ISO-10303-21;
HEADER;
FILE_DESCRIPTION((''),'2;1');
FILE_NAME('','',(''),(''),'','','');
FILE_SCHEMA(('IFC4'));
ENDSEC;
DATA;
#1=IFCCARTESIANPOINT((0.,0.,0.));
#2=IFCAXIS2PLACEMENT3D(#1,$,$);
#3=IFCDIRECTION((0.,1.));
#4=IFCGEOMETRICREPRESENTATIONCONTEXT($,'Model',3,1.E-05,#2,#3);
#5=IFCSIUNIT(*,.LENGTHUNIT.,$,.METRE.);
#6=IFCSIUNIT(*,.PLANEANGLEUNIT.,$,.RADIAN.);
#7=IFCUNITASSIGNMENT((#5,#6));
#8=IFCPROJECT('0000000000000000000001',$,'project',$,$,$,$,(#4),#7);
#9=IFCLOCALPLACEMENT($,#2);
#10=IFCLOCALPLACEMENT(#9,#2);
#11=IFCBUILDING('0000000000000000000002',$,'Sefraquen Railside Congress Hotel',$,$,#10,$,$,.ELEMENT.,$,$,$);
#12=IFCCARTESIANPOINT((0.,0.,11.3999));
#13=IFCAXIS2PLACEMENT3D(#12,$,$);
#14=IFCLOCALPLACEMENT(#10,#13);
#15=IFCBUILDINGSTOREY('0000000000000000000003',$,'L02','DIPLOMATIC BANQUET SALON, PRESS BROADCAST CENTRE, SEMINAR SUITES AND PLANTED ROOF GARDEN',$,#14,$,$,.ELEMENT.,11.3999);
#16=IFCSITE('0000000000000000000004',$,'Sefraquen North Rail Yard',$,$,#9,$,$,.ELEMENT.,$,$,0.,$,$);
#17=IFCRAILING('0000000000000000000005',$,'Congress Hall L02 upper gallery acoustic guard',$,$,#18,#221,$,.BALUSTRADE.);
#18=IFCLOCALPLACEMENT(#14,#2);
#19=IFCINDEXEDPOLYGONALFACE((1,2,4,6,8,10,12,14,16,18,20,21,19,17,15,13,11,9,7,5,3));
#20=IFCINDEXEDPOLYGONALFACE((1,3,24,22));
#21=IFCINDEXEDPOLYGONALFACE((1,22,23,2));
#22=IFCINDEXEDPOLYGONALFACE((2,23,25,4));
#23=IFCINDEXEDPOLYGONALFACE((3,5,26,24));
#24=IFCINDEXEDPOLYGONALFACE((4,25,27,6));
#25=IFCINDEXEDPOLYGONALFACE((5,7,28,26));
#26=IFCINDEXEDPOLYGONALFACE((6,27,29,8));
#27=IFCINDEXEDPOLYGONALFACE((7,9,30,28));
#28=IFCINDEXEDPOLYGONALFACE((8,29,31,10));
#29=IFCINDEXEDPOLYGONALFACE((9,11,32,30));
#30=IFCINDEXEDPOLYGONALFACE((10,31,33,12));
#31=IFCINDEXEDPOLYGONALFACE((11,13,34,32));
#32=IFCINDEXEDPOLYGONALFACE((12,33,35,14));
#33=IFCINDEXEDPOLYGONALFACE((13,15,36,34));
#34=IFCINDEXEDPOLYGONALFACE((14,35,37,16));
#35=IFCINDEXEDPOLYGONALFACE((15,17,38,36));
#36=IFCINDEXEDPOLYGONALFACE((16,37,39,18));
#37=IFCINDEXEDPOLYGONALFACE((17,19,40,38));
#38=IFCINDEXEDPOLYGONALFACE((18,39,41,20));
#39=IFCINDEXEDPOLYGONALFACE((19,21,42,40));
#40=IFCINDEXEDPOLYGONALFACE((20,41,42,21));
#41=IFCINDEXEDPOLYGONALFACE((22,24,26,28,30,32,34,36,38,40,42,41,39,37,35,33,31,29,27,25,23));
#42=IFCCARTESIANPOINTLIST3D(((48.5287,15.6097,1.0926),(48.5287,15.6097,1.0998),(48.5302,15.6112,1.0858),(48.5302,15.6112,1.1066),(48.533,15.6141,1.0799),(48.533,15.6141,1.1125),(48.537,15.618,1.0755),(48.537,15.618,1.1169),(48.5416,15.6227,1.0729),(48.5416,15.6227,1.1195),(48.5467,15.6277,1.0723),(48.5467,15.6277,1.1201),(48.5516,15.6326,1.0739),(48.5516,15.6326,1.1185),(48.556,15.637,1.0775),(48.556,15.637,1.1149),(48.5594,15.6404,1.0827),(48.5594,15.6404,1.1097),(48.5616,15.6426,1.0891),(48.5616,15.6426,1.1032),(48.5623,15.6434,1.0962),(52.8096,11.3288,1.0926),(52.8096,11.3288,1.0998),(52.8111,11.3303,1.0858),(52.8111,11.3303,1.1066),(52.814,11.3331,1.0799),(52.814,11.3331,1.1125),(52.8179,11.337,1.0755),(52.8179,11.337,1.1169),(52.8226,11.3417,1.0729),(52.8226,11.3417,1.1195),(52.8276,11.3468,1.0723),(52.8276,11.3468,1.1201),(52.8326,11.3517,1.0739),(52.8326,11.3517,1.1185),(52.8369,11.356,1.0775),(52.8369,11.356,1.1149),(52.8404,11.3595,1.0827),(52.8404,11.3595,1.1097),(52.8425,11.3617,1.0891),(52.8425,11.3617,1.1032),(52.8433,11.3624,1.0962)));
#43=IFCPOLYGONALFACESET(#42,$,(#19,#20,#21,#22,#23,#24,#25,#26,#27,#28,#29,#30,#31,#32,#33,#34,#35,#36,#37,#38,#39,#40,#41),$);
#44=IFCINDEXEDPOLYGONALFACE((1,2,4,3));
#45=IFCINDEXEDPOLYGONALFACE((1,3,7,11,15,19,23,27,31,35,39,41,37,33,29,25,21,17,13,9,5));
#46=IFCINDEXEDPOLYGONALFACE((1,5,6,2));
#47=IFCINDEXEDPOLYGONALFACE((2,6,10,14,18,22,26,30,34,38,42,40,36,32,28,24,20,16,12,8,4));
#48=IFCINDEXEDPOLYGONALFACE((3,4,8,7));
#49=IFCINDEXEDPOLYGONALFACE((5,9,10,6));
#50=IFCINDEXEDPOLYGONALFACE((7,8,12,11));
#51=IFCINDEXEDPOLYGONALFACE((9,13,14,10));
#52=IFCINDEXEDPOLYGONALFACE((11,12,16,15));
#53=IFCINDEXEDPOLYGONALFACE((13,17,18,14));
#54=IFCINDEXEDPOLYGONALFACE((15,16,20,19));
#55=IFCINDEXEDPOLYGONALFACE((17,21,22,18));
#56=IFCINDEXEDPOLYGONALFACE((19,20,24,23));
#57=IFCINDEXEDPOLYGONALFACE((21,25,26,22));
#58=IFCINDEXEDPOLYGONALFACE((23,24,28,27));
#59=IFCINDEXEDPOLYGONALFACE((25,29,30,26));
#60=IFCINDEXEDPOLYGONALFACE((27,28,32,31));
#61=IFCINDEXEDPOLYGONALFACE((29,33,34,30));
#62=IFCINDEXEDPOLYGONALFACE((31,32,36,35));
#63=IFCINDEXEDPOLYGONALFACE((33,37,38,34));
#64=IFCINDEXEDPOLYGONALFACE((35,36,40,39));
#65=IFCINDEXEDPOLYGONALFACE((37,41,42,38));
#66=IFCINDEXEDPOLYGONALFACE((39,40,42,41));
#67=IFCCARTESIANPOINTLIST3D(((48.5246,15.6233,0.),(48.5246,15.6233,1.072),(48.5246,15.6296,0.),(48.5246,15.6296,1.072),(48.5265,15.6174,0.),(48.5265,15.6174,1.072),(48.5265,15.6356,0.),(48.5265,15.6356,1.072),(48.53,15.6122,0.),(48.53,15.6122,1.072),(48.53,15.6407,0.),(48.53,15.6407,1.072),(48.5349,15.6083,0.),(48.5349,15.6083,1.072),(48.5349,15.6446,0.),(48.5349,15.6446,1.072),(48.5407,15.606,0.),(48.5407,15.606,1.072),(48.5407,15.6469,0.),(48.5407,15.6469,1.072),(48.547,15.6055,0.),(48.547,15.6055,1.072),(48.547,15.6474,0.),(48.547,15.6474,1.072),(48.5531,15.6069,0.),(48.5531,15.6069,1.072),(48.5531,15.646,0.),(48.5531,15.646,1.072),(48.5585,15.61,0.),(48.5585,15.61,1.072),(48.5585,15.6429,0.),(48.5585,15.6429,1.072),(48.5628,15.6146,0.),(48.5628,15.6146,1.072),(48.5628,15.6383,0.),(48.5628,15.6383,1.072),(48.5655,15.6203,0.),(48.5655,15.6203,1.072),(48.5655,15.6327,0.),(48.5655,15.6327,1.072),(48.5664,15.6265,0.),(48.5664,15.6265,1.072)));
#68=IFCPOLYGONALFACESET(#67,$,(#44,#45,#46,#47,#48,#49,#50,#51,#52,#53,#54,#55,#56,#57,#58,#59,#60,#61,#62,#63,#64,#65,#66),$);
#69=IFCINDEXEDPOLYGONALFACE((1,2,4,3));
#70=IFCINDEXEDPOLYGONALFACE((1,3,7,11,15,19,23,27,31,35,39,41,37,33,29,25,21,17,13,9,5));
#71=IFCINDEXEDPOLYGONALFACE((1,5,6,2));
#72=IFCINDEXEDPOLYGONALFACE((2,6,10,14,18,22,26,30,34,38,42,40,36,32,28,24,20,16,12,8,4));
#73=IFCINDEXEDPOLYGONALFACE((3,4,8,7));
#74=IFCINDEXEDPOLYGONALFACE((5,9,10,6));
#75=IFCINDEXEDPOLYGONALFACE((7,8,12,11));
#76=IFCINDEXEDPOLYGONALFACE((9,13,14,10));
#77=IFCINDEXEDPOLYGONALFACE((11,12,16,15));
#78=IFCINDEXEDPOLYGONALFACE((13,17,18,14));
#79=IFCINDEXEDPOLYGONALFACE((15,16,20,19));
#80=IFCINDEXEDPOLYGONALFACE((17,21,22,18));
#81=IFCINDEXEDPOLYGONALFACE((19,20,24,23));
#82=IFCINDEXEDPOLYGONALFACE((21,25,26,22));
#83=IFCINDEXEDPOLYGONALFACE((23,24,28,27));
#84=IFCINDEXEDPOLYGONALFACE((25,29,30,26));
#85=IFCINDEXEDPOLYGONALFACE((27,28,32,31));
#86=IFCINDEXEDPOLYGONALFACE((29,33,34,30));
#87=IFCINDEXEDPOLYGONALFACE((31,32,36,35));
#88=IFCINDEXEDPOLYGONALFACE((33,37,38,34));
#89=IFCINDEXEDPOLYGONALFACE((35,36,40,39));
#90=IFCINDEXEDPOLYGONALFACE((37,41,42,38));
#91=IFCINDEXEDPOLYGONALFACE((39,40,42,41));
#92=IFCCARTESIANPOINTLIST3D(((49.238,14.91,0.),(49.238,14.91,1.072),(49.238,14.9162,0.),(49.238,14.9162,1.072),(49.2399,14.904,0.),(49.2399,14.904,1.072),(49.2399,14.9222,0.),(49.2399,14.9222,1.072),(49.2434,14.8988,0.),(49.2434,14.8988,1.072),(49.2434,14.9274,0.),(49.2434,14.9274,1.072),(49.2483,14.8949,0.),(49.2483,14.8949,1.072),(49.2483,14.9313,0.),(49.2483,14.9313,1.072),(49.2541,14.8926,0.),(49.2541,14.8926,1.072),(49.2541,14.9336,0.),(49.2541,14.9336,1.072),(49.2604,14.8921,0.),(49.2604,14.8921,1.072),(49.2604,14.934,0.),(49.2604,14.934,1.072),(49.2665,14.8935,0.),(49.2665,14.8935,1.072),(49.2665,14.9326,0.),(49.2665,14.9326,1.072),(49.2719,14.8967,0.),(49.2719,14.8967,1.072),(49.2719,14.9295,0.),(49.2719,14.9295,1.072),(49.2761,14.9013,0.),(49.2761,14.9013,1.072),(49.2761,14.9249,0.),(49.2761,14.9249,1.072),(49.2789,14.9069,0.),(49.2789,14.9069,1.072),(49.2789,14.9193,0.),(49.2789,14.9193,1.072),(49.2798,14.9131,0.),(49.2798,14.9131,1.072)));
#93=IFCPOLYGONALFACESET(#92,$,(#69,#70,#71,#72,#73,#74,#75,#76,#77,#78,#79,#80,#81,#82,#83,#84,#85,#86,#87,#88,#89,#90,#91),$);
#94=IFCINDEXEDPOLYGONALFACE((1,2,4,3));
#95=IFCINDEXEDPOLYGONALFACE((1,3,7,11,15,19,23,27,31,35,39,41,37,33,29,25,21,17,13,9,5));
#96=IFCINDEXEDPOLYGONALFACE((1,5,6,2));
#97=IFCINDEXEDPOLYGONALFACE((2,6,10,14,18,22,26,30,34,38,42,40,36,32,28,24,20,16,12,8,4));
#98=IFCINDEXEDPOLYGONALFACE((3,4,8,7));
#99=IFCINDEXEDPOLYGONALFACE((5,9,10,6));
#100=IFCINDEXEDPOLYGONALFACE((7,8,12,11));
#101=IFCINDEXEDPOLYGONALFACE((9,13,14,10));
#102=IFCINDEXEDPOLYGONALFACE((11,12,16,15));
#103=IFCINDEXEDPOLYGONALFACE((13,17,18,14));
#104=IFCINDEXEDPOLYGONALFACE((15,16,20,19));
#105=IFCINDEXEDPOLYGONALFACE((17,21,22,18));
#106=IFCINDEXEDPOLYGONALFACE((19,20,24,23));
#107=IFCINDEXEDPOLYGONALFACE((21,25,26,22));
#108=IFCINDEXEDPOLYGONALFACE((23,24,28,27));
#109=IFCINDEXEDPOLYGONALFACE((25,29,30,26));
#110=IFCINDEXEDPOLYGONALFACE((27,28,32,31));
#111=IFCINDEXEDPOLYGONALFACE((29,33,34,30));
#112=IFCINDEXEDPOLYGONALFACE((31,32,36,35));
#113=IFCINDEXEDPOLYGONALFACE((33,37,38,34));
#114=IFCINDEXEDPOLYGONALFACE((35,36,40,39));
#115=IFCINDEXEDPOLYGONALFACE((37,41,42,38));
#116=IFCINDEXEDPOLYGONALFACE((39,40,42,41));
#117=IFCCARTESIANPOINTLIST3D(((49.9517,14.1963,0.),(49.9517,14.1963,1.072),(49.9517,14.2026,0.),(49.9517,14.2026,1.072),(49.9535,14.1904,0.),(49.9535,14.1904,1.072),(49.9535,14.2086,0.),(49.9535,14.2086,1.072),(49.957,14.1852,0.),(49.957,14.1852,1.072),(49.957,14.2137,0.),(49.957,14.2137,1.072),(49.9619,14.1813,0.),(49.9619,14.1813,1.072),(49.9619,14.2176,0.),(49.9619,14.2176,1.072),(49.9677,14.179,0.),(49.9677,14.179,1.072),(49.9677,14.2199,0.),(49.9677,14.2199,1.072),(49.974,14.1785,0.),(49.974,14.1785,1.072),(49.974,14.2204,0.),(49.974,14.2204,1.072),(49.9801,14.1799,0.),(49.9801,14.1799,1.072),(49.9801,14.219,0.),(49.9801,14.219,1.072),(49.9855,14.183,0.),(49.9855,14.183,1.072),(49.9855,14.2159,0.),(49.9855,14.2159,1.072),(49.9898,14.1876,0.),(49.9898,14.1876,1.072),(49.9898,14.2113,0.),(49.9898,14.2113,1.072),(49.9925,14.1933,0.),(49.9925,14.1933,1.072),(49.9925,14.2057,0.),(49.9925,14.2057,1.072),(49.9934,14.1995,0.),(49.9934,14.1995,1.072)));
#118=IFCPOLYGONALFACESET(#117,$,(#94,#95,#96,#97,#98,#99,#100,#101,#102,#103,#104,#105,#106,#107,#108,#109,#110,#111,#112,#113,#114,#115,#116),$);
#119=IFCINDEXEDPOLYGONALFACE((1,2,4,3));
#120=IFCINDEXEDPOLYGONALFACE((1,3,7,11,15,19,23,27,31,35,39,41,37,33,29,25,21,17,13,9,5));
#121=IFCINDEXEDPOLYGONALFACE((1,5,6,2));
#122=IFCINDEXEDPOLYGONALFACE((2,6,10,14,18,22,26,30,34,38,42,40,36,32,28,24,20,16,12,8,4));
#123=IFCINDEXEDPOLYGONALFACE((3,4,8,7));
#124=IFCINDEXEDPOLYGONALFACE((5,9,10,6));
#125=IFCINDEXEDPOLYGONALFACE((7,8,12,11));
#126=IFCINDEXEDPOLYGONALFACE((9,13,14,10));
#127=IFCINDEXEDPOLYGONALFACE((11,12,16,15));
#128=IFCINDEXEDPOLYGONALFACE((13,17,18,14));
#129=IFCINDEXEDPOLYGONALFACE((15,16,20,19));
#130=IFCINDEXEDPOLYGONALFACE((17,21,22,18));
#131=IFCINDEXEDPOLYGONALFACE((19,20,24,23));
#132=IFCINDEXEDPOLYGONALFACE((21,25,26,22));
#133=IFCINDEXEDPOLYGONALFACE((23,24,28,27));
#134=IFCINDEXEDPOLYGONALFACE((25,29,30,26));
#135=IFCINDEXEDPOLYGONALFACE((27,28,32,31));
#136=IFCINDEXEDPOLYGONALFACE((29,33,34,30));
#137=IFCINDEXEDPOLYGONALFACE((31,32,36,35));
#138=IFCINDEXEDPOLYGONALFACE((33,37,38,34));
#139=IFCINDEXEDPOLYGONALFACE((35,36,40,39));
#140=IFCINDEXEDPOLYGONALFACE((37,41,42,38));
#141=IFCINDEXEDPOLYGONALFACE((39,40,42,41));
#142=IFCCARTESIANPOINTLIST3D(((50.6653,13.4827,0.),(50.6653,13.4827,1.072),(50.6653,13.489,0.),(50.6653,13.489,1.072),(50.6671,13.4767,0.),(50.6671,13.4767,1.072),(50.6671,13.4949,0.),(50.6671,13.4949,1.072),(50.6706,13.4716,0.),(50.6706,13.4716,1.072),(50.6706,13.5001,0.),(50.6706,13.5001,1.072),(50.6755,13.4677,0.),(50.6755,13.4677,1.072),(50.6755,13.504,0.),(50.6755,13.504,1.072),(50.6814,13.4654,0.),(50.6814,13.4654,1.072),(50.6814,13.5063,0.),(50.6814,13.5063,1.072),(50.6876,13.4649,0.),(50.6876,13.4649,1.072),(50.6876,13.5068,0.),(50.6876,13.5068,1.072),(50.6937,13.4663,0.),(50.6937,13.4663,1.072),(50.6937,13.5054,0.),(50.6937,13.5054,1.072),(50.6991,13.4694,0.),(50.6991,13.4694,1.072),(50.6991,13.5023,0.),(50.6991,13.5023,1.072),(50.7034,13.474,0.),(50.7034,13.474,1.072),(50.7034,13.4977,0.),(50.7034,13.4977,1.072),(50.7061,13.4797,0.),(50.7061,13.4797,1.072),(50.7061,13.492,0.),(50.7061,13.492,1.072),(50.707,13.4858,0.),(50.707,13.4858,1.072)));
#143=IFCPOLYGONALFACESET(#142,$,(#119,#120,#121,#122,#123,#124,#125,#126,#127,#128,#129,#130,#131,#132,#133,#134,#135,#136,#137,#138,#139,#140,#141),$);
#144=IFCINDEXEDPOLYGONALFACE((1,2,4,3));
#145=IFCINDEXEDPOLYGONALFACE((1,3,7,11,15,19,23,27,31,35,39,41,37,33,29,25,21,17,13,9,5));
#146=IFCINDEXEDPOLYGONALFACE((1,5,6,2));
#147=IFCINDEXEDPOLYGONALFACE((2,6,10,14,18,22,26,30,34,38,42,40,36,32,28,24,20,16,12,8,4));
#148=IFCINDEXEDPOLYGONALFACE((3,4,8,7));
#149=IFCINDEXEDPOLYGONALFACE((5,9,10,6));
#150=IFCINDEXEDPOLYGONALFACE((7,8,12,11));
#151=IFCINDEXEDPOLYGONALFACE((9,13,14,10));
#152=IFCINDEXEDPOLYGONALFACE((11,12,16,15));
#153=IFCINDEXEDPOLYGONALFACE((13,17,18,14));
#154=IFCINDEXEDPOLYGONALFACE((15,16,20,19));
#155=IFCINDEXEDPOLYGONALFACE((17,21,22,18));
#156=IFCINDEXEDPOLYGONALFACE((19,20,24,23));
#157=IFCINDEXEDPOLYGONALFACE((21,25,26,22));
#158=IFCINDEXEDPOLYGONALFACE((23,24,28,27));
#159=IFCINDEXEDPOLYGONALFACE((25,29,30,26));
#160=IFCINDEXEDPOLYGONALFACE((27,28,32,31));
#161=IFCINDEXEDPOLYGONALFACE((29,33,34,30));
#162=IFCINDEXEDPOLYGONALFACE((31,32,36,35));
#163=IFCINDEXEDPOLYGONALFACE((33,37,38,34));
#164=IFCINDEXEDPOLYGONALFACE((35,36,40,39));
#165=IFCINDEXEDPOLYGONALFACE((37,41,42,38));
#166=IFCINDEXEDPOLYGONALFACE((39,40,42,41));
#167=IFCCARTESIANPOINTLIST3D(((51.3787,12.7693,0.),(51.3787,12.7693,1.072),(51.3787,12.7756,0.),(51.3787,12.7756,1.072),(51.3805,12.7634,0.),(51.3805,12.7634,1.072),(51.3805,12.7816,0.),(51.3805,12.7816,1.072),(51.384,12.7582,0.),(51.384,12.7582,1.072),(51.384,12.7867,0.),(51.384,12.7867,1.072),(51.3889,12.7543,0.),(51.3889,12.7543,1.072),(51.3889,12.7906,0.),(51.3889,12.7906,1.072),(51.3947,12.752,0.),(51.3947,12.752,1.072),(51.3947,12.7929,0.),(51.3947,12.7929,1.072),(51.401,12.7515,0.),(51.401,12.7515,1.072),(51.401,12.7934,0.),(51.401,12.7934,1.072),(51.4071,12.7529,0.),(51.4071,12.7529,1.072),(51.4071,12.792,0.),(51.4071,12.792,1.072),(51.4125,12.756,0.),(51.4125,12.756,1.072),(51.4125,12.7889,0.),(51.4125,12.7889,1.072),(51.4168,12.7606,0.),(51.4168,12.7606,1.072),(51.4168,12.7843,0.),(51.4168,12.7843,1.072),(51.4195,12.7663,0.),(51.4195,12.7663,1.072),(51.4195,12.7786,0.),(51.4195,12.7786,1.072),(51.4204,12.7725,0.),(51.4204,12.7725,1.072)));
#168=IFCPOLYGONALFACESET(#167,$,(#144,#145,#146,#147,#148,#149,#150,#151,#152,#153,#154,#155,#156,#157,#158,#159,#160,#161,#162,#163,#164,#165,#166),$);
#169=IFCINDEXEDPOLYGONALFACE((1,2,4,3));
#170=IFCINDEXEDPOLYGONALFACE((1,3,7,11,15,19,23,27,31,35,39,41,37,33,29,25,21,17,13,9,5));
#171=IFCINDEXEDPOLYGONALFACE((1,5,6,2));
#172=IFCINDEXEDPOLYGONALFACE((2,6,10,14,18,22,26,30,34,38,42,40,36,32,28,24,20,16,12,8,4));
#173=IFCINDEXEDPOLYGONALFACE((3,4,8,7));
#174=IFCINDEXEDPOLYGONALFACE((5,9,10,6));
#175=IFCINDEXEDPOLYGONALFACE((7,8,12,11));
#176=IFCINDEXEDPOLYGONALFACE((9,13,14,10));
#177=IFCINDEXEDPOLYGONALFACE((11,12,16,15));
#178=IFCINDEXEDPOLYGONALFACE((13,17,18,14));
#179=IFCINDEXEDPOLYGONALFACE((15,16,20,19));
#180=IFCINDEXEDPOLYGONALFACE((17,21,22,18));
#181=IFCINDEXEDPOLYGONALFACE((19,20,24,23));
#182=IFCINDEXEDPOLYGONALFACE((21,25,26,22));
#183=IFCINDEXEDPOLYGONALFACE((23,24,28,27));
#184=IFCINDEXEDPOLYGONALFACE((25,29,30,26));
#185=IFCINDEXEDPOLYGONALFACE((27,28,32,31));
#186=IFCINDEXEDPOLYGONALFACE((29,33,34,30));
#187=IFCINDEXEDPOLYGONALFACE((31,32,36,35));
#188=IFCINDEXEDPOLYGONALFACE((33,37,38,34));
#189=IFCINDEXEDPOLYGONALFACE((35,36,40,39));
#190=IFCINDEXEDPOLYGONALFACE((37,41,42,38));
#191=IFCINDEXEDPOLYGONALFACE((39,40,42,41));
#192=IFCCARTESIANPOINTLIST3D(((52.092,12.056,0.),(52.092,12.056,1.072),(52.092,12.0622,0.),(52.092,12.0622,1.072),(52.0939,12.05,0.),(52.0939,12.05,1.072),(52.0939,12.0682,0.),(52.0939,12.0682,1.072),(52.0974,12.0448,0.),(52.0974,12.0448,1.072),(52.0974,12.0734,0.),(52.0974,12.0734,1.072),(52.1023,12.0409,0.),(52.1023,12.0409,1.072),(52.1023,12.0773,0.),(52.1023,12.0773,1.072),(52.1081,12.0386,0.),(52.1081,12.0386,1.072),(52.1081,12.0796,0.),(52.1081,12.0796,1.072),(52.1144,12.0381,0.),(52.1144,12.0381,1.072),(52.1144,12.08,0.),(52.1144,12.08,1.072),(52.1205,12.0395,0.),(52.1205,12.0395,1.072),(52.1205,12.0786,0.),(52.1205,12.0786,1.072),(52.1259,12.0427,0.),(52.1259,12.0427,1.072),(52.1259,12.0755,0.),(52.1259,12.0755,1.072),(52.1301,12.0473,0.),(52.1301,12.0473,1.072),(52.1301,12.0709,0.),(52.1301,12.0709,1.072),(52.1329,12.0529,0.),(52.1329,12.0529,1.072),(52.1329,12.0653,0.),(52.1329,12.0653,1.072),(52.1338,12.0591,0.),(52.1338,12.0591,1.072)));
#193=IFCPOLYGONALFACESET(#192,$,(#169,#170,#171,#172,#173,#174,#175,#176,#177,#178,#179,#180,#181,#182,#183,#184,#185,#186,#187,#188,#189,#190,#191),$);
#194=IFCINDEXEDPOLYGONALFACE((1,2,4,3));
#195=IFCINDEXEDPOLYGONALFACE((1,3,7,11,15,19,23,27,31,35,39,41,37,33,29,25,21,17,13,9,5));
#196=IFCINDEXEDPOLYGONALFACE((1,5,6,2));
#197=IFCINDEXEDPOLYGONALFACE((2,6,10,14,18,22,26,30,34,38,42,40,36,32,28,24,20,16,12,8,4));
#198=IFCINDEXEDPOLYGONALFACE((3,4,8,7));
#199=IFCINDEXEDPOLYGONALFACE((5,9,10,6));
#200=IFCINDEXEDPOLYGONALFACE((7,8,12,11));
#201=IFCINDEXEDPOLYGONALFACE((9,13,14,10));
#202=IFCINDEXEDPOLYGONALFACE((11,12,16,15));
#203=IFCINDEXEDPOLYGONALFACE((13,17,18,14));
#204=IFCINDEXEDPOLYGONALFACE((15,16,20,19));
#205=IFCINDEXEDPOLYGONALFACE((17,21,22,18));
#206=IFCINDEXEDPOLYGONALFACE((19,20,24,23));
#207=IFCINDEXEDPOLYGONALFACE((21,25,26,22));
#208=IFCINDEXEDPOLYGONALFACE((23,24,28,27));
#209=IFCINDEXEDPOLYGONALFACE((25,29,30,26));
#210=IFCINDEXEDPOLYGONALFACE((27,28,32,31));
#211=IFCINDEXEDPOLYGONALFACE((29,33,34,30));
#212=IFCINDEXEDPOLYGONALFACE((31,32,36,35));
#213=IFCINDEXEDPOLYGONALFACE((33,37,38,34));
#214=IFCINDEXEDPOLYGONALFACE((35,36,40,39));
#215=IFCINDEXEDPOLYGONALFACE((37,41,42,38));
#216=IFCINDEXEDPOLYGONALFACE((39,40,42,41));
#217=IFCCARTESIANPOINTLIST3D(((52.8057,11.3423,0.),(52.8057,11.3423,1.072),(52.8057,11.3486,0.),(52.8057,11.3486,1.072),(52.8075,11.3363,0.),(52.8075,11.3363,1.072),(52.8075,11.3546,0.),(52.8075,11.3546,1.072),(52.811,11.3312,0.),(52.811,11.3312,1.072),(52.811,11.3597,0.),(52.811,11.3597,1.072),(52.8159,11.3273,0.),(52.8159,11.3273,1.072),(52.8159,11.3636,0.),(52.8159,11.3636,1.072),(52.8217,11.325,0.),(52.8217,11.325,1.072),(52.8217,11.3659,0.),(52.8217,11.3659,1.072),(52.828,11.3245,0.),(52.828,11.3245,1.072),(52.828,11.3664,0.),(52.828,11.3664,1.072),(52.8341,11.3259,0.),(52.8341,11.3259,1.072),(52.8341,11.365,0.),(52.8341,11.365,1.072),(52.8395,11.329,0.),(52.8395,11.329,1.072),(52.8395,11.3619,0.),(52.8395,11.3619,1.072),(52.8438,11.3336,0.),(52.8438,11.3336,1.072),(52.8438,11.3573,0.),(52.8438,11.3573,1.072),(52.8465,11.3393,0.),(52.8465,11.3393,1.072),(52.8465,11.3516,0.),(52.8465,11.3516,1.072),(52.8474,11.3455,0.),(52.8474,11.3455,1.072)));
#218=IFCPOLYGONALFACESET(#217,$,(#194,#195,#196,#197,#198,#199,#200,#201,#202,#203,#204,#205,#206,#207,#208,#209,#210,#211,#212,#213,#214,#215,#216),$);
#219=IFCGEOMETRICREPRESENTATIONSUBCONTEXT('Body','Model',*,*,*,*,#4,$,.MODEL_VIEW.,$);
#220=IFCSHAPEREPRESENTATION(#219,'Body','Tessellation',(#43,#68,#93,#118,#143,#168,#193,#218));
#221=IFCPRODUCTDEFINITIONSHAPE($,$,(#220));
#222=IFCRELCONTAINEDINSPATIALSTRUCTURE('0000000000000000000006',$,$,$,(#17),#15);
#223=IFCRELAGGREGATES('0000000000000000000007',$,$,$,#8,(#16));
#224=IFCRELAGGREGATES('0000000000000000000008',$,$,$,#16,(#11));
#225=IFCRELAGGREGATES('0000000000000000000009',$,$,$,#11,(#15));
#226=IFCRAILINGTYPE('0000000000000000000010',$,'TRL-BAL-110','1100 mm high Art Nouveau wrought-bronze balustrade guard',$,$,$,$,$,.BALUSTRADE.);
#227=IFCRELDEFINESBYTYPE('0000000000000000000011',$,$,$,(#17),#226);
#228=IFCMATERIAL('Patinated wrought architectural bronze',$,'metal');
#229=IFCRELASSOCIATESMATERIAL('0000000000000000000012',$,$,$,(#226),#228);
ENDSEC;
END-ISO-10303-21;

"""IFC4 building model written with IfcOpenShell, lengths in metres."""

from ifc_helpers import new_model, si_unit, direction, frame, origin, origin_2d, place, context, subcontext, project, spatial, circle, extrude, material, type_object, element, save


model = new_model("IFC4")

# Units and contexts
model_context = context("Model", 3, precision=1e-05, world=origin(), true_north=direction((0.0, 1.0)))
body_context = subcontext(model_context, "Body", "Model", "MODEL_VIEW")
ifc_project = project(units=[si_unit("LENGTHUNIT", "METRE"), si_unit("PLANEANGLEUNIT", "RADIAN")], contexts=[model_context])

# Site, building, storey
site_placement = place(None, origin())
site = spatial("IfcSite", under=ifc_project, at=site_placement, Name="Sefraquen North Rail Yard", CompositionType="ELEMENT", RefElevation=0.0)
building_placement = place(site_placement, origin())
building = spatial("IfcBuilding", under=site, at=building_placement, Name="Sefraquen Railside Congress Hotel", CompositionType="ELEMENT")
storey_placement = place(building_placement, frame((0.0, 0.0, 11.3999)))
storey = spatial("IfcBuildingStorey", under=building, at=storey_placement, Name="L02", Description="DIPLOMATIC BANQUET SALON, PRESS BROADCAST CENTRE, SEMINAR SUITES AND PLANTED ROOF GARDEN", CompositionType="ELEMENT", Elevation=11.3999)

# Railing
ifc_material_1 = material(Name="Patinated wrought architectural bronze", Category="metal")
railing_type = type_object("IfcRailingType", Name="TRL-BAL-110", Description="1100 mm high Art Nouveau wrought-bronze balustrade guard", PredefinedType="BALUSTRADE", material=ifc_material_1)
railing_1_placement = place(storey_placement, frame((48.5454, 15.6265, 0.0)))
element("IfcRailing", 1, at=railing_1_placement, inside=storey, type_object=railing_type, Name="Congress Hall L02 upper gallery acoustic guard", PredefinedType="BALUSTRADE", context=body_context, shape_type="SweptSolid", body=[
    extrude(circle(Radius=0.0239, at=origin_2d()), frame((0.0, 0.0, 1.0962), z_axis=(0.707107, -0.707107, 0.0), x_axis=(0.707107, 0.707107, 0.0)), (0.0, 0.0, 1.0), 6.0542),
    extrude(circle(Radius=0.021, at=origin_2d()), origin(), (0.0, 0.0, 1.0), 1.072),
    extrude(circle(Radius=0.021, at=origin_2d()), frame((0.7134, -0.7134, 0.0)), (0.0, 0.0, 1.0), 1.072),
    extrude(circle(Radius=0.021, at=origin_2d()), frame((1.427, -1.427, 0.0)), (0.0, 0.0, 1.0), 1.072),
    extrude(circle(Radius=0.021, at=origin_2d()), frame((2.1406, -2.1406, 0.0)), (0.0, 0.0, 1.0), 1.072),
    extrude(circle(Radius=0.021, at=origin_2d()), frame((2.854, -2.854, 0.0)), (0.0, 0.0, 1.0), 1.072),
    extrude(circle(Radius=0.021, at=origin_2d()), frame((3.5674, -3.5674, 0.0)), (0.0, 0.0, 1.0), 1.072),
    extrude(circle(Radius=0.021, at=origin_2d()), frame((4.281, -4.281, 0.0)), (0.0, 0.0, 1.0), 1.072),
])

save(model, "model.ifc")
